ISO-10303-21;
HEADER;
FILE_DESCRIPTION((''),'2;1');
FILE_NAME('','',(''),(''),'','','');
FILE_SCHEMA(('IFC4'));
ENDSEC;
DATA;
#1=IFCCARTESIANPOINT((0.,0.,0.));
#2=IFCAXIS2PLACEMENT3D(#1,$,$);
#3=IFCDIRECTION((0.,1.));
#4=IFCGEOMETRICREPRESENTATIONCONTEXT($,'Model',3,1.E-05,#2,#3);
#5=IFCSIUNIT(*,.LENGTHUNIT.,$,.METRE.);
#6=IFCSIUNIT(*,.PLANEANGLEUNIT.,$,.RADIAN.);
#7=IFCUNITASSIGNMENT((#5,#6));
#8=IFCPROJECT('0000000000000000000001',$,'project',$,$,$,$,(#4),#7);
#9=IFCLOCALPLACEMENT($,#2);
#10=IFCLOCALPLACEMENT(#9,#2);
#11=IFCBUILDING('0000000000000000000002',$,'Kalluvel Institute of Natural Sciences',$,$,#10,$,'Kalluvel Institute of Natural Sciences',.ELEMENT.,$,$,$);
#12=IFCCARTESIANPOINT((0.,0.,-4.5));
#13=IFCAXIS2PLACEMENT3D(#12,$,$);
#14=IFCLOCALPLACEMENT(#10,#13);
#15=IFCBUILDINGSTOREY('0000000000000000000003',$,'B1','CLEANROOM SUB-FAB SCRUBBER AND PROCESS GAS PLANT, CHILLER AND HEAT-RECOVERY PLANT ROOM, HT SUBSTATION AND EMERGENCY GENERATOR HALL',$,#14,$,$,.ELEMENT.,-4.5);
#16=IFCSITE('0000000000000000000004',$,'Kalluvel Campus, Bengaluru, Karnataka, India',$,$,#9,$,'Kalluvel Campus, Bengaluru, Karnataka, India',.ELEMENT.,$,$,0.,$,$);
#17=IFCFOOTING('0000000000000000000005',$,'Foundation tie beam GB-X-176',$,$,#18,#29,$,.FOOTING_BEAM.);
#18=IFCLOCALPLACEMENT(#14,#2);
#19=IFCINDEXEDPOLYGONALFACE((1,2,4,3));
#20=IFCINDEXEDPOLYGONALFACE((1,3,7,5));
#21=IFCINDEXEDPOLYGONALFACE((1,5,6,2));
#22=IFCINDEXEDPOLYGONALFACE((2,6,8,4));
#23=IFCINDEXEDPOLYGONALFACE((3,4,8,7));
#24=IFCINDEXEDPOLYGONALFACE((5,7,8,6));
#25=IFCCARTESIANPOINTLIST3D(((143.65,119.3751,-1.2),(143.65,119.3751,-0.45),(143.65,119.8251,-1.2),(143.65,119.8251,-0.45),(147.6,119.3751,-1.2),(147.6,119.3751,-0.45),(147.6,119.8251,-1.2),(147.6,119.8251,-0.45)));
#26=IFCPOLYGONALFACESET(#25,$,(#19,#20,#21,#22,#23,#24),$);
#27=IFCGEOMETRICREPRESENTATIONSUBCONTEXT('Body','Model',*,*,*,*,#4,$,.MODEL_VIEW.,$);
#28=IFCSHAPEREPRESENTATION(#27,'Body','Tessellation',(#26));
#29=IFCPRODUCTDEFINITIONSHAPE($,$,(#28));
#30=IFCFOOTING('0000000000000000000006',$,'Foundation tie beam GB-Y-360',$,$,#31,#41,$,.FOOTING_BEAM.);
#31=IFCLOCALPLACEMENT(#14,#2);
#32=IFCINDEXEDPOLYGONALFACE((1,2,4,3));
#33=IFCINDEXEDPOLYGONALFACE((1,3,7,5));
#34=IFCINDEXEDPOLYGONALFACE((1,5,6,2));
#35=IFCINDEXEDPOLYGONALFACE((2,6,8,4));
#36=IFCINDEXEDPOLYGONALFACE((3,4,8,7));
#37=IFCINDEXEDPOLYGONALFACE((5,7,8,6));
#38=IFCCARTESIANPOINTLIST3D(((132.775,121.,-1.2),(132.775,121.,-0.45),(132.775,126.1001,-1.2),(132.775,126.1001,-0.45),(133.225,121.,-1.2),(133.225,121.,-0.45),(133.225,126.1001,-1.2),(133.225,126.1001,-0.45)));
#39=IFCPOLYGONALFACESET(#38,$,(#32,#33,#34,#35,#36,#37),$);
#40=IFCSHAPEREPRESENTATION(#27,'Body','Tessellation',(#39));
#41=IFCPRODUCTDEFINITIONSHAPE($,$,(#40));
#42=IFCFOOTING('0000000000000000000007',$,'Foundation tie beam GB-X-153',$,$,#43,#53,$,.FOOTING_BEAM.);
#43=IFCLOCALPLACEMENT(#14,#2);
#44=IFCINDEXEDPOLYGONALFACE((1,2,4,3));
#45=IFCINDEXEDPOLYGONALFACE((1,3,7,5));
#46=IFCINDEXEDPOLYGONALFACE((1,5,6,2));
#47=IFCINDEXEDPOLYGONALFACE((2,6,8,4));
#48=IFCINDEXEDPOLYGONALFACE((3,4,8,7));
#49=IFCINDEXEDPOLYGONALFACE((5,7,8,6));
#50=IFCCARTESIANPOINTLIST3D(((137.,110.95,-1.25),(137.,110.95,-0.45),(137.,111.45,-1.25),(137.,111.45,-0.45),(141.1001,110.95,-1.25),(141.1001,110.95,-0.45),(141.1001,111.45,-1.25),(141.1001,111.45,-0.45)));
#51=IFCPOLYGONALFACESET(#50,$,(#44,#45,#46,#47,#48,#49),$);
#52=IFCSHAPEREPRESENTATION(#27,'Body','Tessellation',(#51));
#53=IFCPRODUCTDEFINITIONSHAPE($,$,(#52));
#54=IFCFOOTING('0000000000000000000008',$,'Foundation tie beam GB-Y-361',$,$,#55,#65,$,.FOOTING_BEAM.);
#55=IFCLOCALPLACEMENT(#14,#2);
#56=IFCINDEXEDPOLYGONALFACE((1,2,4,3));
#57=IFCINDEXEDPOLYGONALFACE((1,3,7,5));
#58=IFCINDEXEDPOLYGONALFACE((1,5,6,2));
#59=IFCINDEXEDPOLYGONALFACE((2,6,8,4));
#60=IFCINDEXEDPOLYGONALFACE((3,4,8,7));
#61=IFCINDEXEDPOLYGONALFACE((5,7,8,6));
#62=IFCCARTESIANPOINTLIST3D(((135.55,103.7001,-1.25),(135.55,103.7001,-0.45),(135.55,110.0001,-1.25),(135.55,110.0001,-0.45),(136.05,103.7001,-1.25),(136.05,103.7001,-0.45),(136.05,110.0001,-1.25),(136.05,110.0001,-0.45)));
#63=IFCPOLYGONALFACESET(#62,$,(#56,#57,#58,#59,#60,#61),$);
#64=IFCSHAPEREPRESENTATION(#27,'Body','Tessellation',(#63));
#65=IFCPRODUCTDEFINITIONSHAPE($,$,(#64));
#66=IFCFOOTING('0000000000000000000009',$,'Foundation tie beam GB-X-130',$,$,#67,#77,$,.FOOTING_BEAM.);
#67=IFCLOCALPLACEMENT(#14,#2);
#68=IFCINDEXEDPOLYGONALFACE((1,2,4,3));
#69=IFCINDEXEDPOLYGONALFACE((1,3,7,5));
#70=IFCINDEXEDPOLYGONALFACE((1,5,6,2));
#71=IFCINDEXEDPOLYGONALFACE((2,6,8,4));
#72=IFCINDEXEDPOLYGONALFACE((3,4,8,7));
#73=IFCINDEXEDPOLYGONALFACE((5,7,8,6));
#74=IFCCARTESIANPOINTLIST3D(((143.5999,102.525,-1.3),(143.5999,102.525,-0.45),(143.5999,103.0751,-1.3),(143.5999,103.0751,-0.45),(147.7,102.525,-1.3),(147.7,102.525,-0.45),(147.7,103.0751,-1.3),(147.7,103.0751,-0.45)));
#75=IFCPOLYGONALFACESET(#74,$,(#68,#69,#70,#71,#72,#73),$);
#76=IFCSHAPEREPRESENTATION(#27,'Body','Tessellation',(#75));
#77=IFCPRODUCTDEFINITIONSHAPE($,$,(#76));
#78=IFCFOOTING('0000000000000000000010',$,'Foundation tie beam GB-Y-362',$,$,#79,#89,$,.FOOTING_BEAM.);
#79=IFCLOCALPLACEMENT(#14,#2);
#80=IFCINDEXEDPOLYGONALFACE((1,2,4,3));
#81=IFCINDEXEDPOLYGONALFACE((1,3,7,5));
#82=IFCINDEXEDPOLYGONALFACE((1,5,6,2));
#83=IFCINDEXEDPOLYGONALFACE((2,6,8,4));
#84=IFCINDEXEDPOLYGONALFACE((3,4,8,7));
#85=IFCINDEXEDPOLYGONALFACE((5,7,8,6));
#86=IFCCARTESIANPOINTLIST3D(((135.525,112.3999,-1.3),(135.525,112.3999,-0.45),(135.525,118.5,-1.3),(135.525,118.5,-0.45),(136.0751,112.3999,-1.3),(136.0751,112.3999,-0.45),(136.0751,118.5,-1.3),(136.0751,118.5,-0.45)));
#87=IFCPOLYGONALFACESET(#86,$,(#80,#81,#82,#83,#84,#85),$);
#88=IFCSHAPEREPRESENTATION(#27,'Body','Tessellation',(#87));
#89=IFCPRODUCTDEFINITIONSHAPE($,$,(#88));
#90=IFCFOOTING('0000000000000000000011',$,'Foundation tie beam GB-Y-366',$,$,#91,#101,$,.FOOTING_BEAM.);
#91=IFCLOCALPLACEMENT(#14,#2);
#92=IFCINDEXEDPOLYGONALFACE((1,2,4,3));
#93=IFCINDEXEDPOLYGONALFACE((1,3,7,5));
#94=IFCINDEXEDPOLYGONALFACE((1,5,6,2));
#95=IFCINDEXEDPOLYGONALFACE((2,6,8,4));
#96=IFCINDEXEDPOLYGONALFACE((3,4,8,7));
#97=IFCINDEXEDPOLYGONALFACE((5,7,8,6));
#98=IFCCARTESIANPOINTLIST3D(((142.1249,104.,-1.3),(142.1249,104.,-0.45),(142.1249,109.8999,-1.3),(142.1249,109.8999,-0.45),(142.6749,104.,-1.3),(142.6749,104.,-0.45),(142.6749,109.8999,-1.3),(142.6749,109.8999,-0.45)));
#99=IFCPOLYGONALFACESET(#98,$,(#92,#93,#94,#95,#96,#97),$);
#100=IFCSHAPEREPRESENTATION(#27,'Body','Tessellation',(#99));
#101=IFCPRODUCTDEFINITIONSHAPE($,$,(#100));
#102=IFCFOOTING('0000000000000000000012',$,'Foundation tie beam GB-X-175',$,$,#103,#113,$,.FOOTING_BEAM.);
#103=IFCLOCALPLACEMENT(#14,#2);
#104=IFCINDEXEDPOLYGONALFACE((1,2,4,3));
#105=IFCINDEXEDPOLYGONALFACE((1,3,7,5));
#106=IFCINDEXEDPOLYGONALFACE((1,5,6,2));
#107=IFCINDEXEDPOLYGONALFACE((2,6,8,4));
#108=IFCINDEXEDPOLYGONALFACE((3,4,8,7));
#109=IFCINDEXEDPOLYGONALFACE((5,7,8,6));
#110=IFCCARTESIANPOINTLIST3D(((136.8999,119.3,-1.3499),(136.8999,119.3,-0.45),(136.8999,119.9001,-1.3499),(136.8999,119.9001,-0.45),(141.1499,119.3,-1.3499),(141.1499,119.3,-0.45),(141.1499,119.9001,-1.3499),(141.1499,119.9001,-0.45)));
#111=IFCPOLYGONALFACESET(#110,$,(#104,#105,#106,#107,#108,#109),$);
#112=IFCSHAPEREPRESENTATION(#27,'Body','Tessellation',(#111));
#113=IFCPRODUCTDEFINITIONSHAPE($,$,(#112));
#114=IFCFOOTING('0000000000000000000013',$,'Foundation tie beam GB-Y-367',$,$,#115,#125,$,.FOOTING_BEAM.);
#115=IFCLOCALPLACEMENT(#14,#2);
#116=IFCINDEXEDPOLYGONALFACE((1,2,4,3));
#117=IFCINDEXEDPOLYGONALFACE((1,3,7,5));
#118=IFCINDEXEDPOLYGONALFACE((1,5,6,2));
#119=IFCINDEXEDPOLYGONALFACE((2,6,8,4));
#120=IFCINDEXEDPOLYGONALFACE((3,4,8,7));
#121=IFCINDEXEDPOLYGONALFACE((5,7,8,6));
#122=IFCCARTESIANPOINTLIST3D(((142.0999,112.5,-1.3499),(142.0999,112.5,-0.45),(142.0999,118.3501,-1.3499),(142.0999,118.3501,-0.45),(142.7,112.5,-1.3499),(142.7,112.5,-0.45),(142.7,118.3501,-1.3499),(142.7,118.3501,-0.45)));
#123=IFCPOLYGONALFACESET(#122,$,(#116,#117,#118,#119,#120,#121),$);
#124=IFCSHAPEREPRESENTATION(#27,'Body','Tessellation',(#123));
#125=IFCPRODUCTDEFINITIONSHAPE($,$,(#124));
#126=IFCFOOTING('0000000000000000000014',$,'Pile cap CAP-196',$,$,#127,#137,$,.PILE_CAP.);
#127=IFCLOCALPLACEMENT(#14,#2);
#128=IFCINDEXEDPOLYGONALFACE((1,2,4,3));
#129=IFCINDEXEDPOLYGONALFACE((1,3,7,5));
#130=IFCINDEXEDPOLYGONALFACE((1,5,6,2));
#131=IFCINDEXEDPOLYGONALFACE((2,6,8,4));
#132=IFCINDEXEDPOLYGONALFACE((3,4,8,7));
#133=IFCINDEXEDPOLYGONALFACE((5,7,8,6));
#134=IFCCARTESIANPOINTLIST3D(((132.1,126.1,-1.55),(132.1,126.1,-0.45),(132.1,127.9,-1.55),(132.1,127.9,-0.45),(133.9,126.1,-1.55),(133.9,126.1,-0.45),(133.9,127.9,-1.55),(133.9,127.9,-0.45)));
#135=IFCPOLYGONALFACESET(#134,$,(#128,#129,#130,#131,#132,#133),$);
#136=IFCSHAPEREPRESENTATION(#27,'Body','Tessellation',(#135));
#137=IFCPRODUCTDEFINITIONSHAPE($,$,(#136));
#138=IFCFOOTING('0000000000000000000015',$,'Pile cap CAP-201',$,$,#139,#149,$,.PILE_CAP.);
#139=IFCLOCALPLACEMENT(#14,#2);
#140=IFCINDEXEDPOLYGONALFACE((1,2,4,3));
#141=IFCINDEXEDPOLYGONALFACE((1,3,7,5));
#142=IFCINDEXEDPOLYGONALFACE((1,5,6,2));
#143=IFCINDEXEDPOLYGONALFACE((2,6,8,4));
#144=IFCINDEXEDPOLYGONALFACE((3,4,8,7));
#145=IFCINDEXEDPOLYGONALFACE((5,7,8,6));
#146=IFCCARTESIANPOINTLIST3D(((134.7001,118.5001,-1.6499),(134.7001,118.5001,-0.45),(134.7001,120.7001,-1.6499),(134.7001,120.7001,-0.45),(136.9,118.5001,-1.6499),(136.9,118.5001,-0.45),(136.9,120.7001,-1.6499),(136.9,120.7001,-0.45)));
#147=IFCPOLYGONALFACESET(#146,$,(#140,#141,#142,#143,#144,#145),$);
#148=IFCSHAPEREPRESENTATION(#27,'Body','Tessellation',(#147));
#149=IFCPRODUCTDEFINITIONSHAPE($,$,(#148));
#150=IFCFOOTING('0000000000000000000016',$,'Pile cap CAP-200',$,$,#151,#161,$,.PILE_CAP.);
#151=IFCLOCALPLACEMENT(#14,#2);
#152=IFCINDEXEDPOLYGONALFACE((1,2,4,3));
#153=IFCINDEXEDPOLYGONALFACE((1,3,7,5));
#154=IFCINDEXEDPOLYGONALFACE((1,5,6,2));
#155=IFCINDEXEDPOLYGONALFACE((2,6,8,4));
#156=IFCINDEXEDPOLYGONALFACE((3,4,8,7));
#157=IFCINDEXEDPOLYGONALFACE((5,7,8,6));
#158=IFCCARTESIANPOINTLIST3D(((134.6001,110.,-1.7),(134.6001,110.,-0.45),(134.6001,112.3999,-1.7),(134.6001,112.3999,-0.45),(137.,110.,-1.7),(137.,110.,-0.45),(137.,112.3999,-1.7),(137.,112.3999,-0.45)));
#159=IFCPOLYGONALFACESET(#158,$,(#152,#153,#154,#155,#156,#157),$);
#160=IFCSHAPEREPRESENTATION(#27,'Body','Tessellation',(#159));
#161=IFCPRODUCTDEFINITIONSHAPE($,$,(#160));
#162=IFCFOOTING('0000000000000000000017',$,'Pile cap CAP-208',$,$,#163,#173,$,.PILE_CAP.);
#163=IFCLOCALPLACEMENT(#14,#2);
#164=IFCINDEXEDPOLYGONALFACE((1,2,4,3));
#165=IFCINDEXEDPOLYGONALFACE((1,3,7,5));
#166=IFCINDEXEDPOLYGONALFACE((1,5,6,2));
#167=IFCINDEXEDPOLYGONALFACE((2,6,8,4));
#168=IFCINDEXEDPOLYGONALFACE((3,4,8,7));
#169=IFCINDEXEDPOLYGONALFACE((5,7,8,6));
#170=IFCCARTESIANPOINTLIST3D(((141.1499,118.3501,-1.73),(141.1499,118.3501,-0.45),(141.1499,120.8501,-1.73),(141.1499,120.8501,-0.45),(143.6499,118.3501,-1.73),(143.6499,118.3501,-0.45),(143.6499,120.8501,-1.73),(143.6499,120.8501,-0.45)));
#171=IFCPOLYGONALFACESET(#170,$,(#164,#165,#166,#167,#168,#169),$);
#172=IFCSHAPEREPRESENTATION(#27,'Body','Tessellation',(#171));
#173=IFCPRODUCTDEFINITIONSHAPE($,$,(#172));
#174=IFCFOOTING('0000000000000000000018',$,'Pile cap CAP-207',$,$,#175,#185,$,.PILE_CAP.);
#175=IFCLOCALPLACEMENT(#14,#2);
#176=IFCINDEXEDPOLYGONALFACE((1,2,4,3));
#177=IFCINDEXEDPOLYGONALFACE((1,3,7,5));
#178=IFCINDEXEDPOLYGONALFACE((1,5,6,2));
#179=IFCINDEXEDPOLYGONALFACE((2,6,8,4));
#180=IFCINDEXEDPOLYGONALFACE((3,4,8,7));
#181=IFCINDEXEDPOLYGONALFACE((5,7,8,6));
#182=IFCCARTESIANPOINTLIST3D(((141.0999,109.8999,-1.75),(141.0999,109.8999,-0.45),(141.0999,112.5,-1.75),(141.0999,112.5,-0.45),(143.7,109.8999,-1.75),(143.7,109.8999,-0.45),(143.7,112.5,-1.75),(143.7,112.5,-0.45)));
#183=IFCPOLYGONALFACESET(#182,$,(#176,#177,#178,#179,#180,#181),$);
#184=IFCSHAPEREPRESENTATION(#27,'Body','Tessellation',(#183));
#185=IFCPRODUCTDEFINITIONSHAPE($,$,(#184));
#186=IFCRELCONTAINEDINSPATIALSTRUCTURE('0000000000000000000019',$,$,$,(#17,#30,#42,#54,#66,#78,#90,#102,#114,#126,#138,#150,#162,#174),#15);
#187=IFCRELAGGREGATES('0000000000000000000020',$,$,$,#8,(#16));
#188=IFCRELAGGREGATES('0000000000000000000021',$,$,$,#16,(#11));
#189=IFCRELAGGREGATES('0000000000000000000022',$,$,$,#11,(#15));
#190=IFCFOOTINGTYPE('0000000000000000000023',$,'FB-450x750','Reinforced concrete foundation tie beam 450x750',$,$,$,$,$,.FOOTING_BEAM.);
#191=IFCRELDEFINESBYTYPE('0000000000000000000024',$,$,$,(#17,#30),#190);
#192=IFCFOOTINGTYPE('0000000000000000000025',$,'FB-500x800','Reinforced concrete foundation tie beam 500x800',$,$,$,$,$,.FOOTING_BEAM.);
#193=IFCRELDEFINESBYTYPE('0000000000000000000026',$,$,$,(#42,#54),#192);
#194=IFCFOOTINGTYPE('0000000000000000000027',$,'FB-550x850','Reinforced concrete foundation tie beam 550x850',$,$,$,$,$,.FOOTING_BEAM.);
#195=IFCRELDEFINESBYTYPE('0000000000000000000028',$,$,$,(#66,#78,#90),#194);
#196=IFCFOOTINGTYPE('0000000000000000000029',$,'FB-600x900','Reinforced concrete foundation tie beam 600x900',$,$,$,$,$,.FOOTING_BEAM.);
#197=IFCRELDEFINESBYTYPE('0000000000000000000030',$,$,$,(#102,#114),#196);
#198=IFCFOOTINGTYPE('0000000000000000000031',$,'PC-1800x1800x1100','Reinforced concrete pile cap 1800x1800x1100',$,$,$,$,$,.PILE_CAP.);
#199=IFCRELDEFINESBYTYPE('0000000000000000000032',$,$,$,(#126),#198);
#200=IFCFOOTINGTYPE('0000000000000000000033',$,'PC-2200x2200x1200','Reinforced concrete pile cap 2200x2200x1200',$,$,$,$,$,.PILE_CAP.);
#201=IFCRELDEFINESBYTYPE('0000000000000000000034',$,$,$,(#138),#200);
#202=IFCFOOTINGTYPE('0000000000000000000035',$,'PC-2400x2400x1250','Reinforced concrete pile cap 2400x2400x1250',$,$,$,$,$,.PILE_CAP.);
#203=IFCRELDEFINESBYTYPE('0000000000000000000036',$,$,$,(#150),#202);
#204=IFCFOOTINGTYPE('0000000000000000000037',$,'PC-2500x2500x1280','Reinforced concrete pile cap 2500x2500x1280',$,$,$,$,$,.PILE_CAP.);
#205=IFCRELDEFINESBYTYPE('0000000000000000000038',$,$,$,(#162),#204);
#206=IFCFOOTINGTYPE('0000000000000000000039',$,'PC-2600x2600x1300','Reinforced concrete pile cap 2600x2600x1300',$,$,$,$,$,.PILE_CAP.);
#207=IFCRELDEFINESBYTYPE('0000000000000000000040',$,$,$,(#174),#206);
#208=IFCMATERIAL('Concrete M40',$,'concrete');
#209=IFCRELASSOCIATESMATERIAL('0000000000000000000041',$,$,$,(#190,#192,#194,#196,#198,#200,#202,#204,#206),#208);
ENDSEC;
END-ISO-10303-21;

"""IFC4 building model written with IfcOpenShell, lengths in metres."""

from ifc_helpers import new_model, si_unit, direction, frame, origin, origin_2d, place, context, subcontext, project, spatial, rectangle, extrude, material, type_object, element, save


model = new_model("IFC4")

# Units and contexts
model_context = context("Model", 3, precision=1e-05, world=origin(), true_north=direction((0.0, 1.0)))
body_context = subcontext(model_context, "Body", "Model", "MODEL_VIEW")
ifc_project = project(units=[si_unit("LENGTHUNIT", "METRE"), si_unit("PLANEANGLEUNIT", "RADIAN")], contexts=[model_context])

# Site, building, storey
site_placement = place(None, origin())
site = spatial("IfcSite", under=ifc_project, at=site_placement, Name="Kalluvel Campus, Bengaluru, Karnataka, India", LongName="Kalluvel Campus, Bengaluru, Karnataka, India", CompositionType="ELEMENT", RefElevation=0.0)
building_placement = place(site_placement, origin())
building = spatial("IfcBuilding", under=site, at=building_placement, Name="Kalluvel Institute of Natural Sciences", LongName="Kalluvel Institute of Natural Sciences", CompositionType="ELEMENT")
storey_placement = place(building_placement, frame((0.0, 0.0, -4.5)))
storey = spatial("IfcBuildingStorey", under=building, at=storey_placement, Name="B1", Description="CLEANROOM SUB-FAB SCRUBBER AND PROCESS GAS PLANT, CHILLER AND HEAT-RECOVERY PLANT ROOM, HT SUBSTATION AND EMERGENCY GENERATOR HALL", CompositionType="ELEMENT", Elevation=-4.5)

# Footings
ifc_material_1 = material(Name="Concrete M40", Category="concrete")
footing_type_1 = type_object("IfcFootingType", Name="FB-450x750", Description="Reinforced concrete foundation tie beam 450x750", PredefinedType="FOOTING_BEAM", material=ifc_material_1)
footing_1_placement = place(storey_placement, frame((145.625, 119.6001, -1.2), z_axis=(0.0, 0.0, 1.0), x_axis=(1.0, 0.0, 0.0)))
element("IfcFooting", 1, at=footing_1_placement, inside=storey, type_object=footing_type_1, Name="Foundation tie beam GB-X-176", PredefinedType="FOOTING_BEAM", context=body_context, shape_type="SweptSolid", body=[
    extrude(rectangle(XDim=3.95, YDim=0.45, at=origin_2d()), origin(), (0.0, 0.0, 1.0), 0.75),
])
footing_2_placement = place(storey_placement, frame((133.0, 123.55, -1.2), z_axis=(0.0, 0.0, 1.0), x_axis=(1.0, 0.0, 0.0)))
element("IfcFooting", 2, at=footing_2_placement, inside=storey, type_object=footing_type_1, Name="Foundation tie beam GB-Y-360", PredefinedType="FOOTING_BEAM", context=body_context, shape_type="SweptSolid", body=[
    extrude(rectangle(XDim=0.45, YDim=5.1001, at=origin_2d()), origin(), (0.0, 0.0, 1.0), 0.75),
])
footing_type_2 = type_object("IfcFootingType", Name="FB-500x800", Description="Reinforced concrete foundation tie beam 500x800", PredefinedType="FOOTING_BEAM", material=ifc_material_1)
footing_3_placement = place(storey_placement, frame((139.05, 111.2, -1.25), z_axis=(0.0, 0.0, 1.0), x_axis=(1.0, 0.0, 0.0)))
element("IfcFooting", 3, at=footing_3_placement, inside=storey, type_object=footing_type_2, Name="Foundation tie beam GB-X-153", PredefinedType="FOOTING_BEAM", context=body_context, shape_type="SweptSolid", body=[
    extrude(rectangle(XDim=4.1001, YDim=0.5, at=origin_2d()), origin(), (0.0, 0.0, 1.0), 0.8),
])
footing_4_placement = place(storey_placement, frame((135.8, 106.8501, -1.25), z_axis=(0.0, 0.0, 1.0), x_axis=(1.0, 0.0, 0.0)))
element("IfcFooting", 4, at=footing_4_placement, inside=storey, type_object=footing_type_2, Name="Foundation tie beam GB-Y-361", PredefinedType="FOOTING_BEAM", context=body_context, shape_type="SweptSolid", body=[
    extrude(rectangle(XDim=0.5, YDim=6.3, at=origin_2d()), origin(), (0.0, 0.0, 1.0), 0.8),
])
footing_type_3 = type_object("IfcFootingType", Name="FB-550x850", Description="Reinforced concrete foundation tie beam 550x850", PredefinedType="FOOTING_BEAM", material=ifc_material_1)
footing_5_placement = place(storey_placement, frame((145.6499, 102.8, -1.3), z_axis=(0.0, 0.0, 1.0), x_axis=(1.0, 0.0, 0.0)))
element("IfcFooting", 5, at=footing_5_placement, inside=storey, type_object=footing_type_3, Name="Foundation tie beam GB-X-130", PredefinedType="FOOTING_BEAM", context=body_context, shape_type="SweptSolid", body=[
    extrude(rectangle(XDim=4.1001, YDim=0.55, at=origin_2d()), origin(), (0.0, 0.0, 1.0), 0.8501),
])
footing_6_placement = place(storey_placement, frame((135.8, 115.45, -1.3), z_axis=(0.0, 0.0, 1.0), x_axis=(1.0, 0.0, 0.0)))
element("IfcFooting", 6, at=footing_6_placement, inside=storey, type_object=footing_type_3, Name="Foundation tie beam GB-Y-362", PredefinedType="FOOTING_BEAM", context=body_context, shape_type="SweptSolid", body=[
    extrude(rectangle(XDim=0.55, YDim=6.1001, at=origin_2d()), origin(), (0.0, 0.0, 1.0), 0.8501),
])
footing_7_placement = place(storey_placement, frame((142.3999, 106.95, -1.3), z_axis=(0.0, 0.0, 1.0), x_axis=(1.0, 0.0, 0.0)))
element("IfcFooting", 7, at=footing_7_placement, inside=storey, type_object=footing_type_3, Name="Foundation tie beam GB-Y-366", PredefinedType="FOOTING_BEAM", context=body_context, shape_type="SweptSolid", body=[
    extrude(rectangle(XDim=0.55, YDim=5.8999, at=origin_2d()), origin(), (0.0, 0.0, 1.0), 0.8501),
])
footing_type_4 = type_object("IfcFootingType", Name="FB-600x900", Description="Reinforced concrete foundation tie beam 600x900", PredefinedType="FOOTING_BEAM", material=ifc_material_1)
footing_8_placement = place(storey_placement, frame((139.0249, 119.6001, -1.3499), z_axis=(0.0, 0.0, 1.0), x_axis=(1.0, 0.0, 0.0)))
element("IfcFooting", 8, at=footing_8_placement, inside=storey, type_object=footing_type_4, Name="Foundation tie beam GB-X-175", PredefinedType="FOOTING_BEAM", context=body_context, shape_type="SweptSolid", body=[
    extrude(rectangle(XDim=4.25, YDim=0.6001, at=origin_2d()), origin(), (0.0, 0.0, 1.0), 0.8999),
])
footing_9_placement = place(storey_placement, frame((142.3999, 115.425, -1.3499), z_axis=(0.0, 0.0, 1.0), x_axis=(1.0, 0.0, 0.0)))
element("IfcFooting", 9, at=footing_9_placement, inside=storey, type_object=footing_type_4, Name="Foundation tie beam GB-Y-367", PredefinedType="FOOTING_BEAM", context=body_context, shape_type="SweptSolid", body=[
    extrude(rectangle(XDim=0.6001, YDim=5.8501, at=origin_2d()), origin(), (0.0, 0.0, 1.0), 0.8999),
])
footing_type_5 = type_object("IfcFootingType", Name="PC-1800x1800x1100", Description="Reinforced concrete pile cap 1800x1800x1100", PredefinedType="PILE_CAP", material=ifc_material_1)
footing_10_placement = place(storey_placement, frame((133.0, 127.0, -1.55), z_axis=(0.0, 0.0, 1.0), x_axis=(1.0, 0.0, 0.0)))
element("IfcFooting", 10, at=footing_10_placement, inside=storey, type_object=footing_type_5, Name="Pile cap CAP-196", PredefinedType="PILE_CAP", context=body_context, shape_type="SweptSolid", body=[
    extrude(rectangle(XDim=1.8, YDim=1.8, at=origin_2d()), origin(), (0.0, 0.0, 1.0), 1.1001),
])
footing_type_6 = type_object("IfcFootingType", Name="PC-2200x2200x1200", Description="Reinforced concrete pile cap 2200x2200x1200", PredefinedType="PILE_CAP", material=ifc_material_1)
footing_11_placement = place(storey_placement, frame((135.8, 119.6001, -1.6499), z_axis=(0.0, 0.0, 1.0), x_axis=(1.0, 0.0, 0.0)))
element("IfcFooting", 11, at=footing_11_placement, inside=storey, type_object=footing_type_6, Name="Pile cap CAP-201", PredefinedType="PILE_CAP", context=body_context, shape_type="SweptSolid", body=[
    extrude(rectangle(XDim=2.2, YDim=2.2, at=origin_2d()), origin(), (0.0, 0.0, 1.0), 1.2),
])
footing_type_7 = type_object("IfcFootingType", Name="PC-2400x2400x1250", Description="Reinforced concrete pile cap 2400x2400x1250", PredefinedType="PILE_CAP", material=ifc_material_1)
footing_12_placement = place(storey_placement, frame((135.8, 111.2, -1.7), z_axis=(0.0, 0.0, 1.0), x_axis=(1.0, 0.0, 0.0)))
element("IfcFooting", 12, at=footing_12_placement, inside=storey, type_object=footing_type_7, Name="Pile cap CAP-200", PredefinedType="PILE_CAP", context=body_context, shape_type="SweptSolid", body=[
    extrude(rectangle(XDim=2.3999, YDim=2.3999, at=origin_2d()), origin(), (0.0, 0.0, 1.0), 1.25),
])
footing_type_8 = type_object("IfcFootingType", Name="PC-2500x2500x1280", Description="Reinforced concrete pile cap 2500x2500x1280", PredefinedType="PILE_CAP", material=ifc_material_1)
footing_13_placement = place(storey_placement, frame((142.3999, 119.6001, -1.73), z_axis=(0.0, 0.0, 1.0), x_axis=(1.0, 0.0, 0.0)))
element("IfcFooting", 13, at=footing_13_placement, inside=storey, type_object=footing_type_8, Name="Pile cap CAP-208", PredefinedType="PILE_CAP", context=body_context, shape_type="SweptSolid", body=[
    extrude(rectangle(XDim=2.5, YDim=2.5, at=origin_2d()), origin(), (0.0, 0.0, 1.0), 1.28),
])
footing_type_9 = type_object("IfcFootingType", Name="PC-2600x2600x1300", Description="Reinforced concrete pile cap 2600x2600x1300", PredefinedType="PILE_CAP", material=ifc_material_1)
footing_14_placement = place(storey_placement, frame((142.3999, 111.2, -1.75), z_axis=(0.0, 0.0, 1.0), x_axis=(1.0, 0.0, 0.0)))
element("IfcFooting", 14, at=footing_14_placement, inside=storey, type_object=footing_type_9, Name="Pile cap CAP-207", PredefinedType="PILE_CAP", context=body_context, shape_type="SweptSolid", body=[
    extrude(rectangle(XDim=2.6001, YDim=2.6001, at=origin_2d()), origin(), (0.0, 0.0, 1.0), 1.3),
])

save(model, "model.ifc")
